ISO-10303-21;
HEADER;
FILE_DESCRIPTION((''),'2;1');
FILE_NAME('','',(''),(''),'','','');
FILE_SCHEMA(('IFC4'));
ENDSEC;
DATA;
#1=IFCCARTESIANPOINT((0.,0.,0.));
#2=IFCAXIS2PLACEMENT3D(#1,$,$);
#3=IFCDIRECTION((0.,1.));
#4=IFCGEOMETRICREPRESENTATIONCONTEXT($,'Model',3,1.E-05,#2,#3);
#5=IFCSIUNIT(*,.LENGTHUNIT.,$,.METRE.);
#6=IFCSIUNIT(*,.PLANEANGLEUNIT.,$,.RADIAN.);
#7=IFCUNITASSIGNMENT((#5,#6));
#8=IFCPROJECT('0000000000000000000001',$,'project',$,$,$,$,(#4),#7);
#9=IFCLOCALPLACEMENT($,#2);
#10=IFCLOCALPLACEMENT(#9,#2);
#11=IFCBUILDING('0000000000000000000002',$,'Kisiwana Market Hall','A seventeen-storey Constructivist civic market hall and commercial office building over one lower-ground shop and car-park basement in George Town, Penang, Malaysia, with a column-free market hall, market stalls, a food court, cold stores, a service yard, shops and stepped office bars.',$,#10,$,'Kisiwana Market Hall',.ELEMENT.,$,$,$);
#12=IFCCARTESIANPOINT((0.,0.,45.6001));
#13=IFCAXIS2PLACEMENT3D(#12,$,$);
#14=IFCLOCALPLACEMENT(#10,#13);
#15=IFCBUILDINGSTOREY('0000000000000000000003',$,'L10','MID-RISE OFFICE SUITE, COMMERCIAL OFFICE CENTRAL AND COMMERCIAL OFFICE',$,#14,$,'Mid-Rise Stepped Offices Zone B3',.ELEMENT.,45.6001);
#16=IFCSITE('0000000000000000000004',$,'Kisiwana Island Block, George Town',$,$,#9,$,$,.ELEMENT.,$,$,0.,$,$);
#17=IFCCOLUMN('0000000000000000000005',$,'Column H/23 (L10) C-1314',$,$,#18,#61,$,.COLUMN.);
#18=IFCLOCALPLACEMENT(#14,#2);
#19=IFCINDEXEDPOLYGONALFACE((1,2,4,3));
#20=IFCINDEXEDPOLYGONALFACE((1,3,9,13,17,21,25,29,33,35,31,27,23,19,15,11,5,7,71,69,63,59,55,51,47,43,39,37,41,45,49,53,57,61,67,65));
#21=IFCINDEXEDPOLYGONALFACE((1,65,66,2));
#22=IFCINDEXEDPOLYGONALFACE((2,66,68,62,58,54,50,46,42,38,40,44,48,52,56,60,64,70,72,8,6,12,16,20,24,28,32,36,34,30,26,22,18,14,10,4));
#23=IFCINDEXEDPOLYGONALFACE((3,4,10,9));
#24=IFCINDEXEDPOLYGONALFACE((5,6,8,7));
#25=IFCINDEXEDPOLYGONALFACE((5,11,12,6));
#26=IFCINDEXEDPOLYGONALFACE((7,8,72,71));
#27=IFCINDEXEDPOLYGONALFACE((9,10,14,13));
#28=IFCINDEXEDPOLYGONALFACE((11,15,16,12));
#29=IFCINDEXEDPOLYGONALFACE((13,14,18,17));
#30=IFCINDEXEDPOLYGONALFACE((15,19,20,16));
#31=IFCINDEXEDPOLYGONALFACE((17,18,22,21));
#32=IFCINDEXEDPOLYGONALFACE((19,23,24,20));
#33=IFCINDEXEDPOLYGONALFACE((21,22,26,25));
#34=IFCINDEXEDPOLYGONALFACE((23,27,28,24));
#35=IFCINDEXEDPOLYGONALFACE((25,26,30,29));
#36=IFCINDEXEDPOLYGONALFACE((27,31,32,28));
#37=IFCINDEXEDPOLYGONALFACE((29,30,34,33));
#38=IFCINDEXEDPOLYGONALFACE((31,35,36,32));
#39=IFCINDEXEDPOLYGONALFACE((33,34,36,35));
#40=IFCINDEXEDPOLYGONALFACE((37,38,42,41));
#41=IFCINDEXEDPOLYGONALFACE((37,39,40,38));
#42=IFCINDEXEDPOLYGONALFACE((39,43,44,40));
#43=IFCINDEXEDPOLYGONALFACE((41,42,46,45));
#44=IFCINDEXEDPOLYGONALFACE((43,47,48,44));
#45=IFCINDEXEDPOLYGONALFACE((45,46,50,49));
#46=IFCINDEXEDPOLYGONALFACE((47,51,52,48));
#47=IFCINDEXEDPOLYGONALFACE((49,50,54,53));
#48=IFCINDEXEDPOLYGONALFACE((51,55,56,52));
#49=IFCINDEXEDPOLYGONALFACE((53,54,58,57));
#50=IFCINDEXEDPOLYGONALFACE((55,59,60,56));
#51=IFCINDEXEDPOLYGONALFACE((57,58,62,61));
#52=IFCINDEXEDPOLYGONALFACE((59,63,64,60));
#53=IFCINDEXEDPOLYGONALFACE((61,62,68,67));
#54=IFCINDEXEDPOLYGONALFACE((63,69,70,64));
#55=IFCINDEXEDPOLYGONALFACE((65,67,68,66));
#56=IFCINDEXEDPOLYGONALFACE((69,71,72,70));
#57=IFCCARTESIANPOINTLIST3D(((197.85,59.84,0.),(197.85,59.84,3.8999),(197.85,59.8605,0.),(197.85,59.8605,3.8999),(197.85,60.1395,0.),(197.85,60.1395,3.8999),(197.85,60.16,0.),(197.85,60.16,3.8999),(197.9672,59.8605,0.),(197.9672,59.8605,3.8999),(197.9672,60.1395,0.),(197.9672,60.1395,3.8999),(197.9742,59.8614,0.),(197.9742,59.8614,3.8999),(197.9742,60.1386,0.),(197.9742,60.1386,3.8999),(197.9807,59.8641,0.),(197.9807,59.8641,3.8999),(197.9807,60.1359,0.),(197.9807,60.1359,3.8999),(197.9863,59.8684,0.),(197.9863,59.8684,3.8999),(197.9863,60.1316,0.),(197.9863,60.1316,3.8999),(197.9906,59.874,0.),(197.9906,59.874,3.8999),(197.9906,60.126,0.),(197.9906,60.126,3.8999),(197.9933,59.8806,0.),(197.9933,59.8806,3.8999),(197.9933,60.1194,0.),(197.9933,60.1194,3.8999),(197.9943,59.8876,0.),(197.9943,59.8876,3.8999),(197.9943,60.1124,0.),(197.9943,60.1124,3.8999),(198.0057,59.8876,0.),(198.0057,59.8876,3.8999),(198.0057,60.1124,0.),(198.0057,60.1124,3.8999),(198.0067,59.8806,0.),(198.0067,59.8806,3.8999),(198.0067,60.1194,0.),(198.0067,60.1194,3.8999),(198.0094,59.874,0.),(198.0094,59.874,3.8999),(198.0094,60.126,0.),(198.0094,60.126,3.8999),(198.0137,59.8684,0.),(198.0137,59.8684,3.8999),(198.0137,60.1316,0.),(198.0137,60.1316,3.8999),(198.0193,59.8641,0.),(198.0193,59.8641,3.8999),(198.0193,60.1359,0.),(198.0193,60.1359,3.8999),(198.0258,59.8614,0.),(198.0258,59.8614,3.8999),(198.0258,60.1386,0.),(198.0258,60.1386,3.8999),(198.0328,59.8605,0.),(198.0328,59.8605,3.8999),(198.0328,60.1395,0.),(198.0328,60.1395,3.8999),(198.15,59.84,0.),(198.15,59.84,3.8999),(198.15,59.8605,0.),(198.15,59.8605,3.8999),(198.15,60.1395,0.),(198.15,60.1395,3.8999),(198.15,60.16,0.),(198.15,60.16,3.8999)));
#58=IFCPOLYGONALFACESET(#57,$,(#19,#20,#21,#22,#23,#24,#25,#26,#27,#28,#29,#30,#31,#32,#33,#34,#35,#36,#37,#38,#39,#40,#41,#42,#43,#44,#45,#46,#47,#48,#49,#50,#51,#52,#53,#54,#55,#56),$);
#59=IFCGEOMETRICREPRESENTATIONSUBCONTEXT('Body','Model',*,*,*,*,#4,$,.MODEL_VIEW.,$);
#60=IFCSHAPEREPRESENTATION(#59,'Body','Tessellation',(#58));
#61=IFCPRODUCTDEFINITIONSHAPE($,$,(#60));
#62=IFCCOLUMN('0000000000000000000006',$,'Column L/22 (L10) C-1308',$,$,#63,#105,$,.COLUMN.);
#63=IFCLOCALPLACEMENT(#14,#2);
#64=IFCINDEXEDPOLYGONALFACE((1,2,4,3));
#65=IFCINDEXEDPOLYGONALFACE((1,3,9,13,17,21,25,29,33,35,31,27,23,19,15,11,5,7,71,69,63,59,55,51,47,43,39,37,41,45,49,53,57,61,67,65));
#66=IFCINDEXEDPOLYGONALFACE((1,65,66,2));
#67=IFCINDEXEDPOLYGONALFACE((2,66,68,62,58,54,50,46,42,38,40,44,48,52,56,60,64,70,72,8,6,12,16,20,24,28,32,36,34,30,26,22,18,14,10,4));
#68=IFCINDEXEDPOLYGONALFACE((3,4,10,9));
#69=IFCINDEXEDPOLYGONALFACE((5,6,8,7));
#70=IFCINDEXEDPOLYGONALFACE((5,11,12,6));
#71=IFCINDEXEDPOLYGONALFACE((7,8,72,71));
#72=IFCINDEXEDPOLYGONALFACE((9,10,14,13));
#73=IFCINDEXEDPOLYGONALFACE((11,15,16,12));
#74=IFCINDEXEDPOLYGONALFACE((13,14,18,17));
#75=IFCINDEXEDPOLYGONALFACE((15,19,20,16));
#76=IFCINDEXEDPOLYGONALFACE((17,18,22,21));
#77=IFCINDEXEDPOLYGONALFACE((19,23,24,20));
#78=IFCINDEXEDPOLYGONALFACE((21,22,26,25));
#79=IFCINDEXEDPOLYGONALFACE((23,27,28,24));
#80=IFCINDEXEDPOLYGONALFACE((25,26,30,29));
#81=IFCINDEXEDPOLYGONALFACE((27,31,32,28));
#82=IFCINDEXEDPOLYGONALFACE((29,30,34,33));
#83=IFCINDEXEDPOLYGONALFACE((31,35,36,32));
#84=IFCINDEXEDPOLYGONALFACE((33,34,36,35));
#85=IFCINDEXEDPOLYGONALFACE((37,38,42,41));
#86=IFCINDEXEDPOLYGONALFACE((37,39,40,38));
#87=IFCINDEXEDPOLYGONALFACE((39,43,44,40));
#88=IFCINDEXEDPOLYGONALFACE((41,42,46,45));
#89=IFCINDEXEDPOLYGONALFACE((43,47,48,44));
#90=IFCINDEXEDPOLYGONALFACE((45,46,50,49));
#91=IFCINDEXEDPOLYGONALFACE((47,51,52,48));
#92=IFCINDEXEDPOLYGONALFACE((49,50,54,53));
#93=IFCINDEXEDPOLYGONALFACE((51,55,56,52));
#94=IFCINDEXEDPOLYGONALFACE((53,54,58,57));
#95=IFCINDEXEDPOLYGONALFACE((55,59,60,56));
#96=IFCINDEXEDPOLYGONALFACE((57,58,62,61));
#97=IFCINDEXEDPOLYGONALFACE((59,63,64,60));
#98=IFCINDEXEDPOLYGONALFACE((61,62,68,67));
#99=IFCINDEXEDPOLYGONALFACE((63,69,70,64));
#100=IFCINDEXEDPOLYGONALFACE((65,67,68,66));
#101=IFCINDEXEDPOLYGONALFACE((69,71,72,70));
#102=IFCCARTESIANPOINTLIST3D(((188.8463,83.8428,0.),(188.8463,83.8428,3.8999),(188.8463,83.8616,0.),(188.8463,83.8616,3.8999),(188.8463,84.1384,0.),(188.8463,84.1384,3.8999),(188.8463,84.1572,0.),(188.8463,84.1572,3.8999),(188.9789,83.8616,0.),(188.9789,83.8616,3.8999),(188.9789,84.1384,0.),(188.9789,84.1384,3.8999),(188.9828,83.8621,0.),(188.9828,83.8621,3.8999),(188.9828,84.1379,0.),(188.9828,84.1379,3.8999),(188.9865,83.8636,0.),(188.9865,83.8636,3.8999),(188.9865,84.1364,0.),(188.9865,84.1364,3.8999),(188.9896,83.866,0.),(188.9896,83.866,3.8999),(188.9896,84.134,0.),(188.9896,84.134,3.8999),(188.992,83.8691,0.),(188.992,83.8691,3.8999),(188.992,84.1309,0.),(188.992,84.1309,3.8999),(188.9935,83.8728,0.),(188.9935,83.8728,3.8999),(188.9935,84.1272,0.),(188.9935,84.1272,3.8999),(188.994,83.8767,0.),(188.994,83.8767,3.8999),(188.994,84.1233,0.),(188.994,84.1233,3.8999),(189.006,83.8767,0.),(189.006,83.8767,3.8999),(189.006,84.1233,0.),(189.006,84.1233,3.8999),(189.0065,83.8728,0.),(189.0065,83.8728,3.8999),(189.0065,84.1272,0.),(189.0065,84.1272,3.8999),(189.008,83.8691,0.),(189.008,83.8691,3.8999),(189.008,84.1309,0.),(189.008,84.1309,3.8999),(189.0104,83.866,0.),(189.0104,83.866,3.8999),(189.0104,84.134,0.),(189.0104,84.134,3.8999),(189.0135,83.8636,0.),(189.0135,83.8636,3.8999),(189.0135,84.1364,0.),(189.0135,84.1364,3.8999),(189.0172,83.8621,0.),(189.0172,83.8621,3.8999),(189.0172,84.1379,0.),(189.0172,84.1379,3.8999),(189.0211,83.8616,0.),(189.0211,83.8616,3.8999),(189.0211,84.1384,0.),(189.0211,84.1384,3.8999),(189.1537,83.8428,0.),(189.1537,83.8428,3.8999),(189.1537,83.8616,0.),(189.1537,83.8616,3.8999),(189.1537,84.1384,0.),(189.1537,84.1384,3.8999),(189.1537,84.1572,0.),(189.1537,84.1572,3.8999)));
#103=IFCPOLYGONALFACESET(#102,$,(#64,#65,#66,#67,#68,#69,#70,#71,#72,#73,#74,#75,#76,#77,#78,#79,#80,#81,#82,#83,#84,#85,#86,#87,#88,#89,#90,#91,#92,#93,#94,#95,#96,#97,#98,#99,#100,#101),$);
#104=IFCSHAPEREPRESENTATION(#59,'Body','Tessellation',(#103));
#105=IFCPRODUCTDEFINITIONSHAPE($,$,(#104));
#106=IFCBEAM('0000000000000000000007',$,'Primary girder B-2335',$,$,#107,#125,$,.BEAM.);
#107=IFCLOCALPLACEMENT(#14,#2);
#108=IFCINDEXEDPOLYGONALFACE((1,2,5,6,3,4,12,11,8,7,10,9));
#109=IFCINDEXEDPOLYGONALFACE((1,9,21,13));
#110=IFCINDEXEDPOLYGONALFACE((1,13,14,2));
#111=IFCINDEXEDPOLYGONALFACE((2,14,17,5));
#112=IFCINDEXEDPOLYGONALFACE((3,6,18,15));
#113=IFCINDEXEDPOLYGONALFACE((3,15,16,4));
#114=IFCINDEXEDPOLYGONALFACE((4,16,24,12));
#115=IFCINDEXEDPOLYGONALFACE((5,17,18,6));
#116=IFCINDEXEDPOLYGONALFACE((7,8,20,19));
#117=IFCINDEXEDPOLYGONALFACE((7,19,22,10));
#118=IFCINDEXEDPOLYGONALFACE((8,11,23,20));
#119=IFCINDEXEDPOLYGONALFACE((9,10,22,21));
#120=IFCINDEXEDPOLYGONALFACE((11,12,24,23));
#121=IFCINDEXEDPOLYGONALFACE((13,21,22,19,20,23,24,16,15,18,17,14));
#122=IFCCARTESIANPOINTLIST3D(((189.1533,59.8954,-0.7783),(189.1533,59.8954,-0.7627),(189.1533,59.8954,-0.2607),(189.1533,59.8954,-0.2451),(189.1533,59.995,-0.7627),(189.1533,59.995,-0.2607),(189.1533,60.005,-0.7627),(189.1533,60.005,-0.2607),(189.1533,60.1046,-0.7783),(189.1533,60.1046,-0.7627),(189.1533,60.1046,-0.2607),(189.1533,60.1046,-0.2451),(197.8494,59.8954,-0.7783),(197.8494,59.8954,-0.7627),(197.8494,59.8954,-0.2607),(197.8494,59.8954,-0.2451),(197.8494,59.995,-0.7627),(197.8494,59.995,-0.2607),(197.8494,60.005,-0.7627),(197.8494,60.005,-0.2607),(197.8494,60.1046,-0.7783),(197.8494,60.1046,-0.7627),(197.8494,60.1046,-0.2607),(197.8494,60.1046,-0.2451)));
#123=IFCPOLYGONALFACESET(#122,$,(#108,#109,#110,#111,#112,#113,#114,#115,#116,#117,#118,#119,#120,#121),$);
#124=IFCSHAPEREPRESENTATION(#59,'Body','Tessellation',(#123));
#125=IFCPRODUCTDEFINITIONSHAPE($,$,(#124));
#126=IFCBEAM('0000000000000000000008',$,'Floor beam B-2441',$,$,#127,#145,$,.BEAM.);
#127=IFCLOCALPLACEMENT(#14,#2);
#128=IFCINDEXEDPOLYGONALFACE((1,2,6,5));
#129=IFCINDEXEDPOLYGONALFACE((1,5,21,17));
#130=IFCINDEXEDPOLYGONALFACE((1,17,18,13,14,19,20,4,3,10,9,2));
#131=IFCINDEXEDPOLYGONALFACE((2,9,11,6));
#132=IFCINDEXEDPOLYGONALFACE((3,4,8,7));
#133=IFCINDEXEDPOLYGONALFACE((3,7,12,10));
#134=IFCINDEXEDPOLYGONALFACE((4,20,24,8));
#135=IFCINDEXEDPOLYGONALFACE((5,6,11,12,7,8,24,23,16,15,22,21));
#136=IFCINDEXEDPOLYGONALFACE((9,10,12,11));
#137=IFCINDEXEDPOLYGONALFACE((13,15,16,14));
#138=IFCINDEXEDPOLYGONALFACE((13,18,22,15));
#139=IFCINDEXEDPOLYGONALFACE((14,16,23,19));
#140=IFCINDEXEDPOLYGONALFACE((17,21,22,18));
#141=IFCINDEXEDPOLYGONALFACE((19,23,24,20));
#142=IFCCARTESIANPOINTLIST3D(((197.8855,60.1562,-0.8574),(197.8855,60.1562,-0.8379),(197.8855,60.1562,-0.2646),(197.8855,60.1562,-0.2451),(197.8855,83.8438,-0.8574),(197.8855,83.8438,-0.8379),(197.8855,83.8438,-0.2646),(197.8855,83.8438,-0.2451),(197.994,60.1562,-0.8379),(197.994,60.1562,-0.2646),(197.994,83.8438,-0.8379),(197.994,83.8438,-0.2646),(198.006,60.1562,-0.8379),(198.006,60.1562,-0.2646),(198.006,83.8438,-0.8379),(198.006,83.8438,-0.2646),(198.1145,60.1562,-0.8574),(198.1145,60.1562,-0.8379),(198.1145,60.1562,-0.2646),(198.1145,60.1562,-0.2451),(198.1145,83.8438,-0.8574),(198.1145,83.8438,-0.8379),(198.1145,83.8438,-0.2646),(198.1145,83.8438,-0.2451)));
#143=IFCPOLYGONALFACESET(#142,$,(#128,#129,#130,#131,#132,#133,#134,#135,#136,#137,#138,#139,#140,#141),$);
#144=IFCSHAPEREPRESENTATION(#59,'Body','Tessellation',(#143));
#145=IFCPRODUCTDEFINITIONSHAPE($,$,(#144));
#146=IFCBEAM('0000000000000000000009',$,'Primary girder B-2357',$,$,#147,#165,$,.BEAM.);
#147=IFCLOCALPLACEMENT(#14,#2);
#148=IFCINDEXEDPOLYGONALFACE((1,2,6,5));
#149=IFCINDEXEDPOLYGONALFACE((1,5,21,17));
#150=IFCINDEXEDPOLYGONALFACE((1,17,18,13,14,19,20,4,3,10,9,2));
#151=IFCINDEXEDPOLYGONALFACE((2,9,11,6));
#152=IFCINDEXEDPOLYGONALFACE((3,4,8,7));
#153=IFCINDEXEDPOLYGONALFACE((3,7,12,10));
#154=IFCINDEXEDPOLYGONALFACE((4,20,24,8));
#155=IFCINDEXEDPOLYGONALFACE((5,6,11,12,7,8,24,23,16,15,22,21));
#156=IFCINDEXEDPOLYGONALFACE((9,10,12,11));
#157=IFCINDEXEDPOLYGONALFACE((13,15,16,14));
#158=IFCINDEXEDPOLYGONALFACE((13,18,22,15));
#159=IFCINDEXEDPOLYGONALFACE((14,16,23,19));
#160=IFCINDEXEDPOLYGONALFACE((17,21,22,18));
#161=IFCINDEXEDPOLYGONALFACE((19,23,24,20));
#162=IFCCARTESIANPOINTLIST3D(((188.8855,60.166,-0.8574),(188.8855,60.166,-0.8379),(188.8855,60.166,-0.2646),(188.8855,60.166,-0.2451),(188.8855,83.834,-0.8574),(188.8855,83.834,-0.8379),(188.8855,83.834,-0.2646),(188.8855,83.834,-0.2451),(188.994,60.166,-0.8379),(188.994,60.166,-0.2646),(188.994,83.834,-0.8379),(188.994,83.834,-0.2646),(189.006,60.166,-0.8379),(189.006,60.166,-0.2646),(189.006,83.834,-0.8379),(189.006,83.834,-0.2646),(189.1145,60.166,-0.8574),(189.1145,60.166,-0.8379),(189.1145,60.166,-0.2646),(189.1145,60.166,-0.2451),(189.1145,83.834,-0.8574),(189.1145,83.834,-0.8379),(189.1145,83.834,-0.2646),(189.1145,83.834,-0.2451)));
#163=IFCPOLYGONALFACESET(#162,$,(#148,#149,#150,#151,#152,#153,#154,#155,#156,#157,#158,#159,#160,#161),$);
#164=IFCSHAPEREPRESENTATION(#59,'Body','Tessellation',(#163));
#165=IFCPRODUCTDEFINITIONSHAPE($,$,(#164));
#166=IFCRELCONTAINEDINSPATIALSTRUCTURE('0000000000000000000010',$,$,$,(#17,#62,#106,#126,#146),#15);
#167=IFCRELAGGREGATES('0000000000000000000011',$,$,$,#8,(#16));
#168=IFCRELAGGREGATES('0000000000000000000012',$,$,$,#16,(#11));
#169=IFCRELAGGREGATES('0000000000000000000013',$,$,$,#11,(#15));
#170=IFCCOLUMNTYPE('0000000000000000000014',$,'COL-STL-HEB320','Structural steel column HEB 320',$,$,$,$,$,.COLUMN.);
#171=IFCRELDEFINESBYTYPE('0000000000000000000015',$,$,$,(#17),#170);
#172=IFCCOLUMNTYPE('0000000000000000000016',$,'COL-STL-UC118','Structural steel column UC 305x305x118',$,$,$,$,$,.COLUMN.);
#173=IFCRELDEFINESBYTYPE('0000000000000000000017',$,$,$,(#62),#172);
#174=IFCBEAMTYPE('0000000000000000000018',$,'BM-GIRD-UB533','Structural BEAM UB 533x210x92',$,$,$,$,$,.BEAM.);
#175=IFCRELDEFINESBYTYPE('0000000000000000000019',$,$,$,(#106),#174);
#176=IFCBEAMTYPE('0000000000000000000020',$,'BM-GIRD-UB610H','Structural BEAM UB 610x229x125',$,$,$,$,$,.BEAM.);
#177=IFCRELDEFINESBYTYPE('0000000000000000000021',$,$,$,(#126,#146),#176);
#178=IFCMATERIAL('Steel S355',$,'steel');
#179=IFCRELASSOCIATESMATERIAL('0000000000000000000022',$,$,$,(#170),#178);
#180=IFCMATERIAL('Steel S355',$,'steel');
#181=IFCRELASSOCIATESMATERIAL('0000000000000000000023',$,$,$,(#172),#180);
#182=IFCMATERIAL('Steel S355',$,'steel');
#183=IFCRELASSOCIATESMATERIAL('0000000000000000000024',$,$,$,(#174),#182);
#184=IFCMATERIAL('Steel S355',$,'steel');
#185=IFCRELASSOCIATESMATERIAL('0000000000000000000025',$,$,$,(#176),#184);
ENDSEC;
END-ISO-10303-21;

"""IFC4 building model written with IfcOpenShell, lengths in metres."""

from ifc_helpers import new_model, si_unit, direction, frame, origin, origin_2d, place, context, subcontext, project, spatial, i_section, extrude, material, material_profile, profile_set, type_object, element, save


model = new_model("IFC4")

# Units and contexts
model_context = context("Model", 3, precision=1e-05, world=origin(), true_north=direction((0.0, 1.0)))
body_context = subcontext(model_context, "Body", "Model", "MODEL_VIEW")
ifc_project = project(units=[si_unit("LENGTHUNIT", "METRE"), si_unit("PLANEANGLEUNIT", "RADIAN")], contexts=[model_context])

# Site, building, storey
site_placement = place(None, origin())
site = spatial("IfcSite", under=ifc_project, at=site_placement, Name="Kisiwana Island Block, George Town", CompositionType="ELEMENT", RefElevation=0.0)
building_placement = place(site_placement, origin())
building = spatial("IfcBuilding", under=site, at=building_placement, Name="Kisiwana Market Hall", Description="A seventeen-storey Constructivist civic market hall and commercial office building over one lower-ground shop and car-park basement in George Town, Penang, Malaysia, with a column-free market hall, market stalls, a food court, cold stores, a service yard, shops and stepped office bars.", LongName="Kisiwana Market Hall", CompositionType="ELEMENT")
storey_placement = place(building_placement, frame((0.0, 0.0, 45.6001)))
storey = spatial("IfcBuildingStorey", under=building, at=storey_placement, Name="L10", Description="MID-RISE OFFICE SUITE, COMMERCIAL OFFICE CENTRAL AND COMMERCIAL OFFICE", LongName="Mid-Rise Stepped Offices Zone B3", CompositionType="ELEMENT", Elevation=45.6001)

# Columns
ifc_material_1 = material(Name="Steel S355", Category="steel")
ifc_material_profile_1 = material_profile(ifc_material_1, i_section(OverallWidth=0.3, OverallDepth=0.3201, WebThickness=0.0115, FlangeThickness=0.0205, FilletRadius=0.0271, at=origin_2d()), Name="HEB 320")
ifc_profile_set_1 = profile_set([ifc_material_profile_1], Name="Steel S355")
column_type_1 = type_object("IfcColumnType", Name="COL-STL-HEB320", Description="Structural steel column HEB 320", PredefinedType="COLUMN", material=ifc_profile_set_1)
column_1_placement = place(storey_placement, frame((198.0, 60.0, 0.0), z_axis=(0.0, 0.0, 1.0), x_axis=(1.0, 0.0, 0.0)))
element("IfcColumn", 1, at=column_1_placement, inside=storey, type_object=column_type_1, Name="Column H/23 (L10) C-1314", PredefinedType="COLUMN", context=body_context, shape_type="SweptSolid", body=[
    extrude(i_section(OverallWidth=0.3, OverallDepth=0.3201, WebThickness=0.0115, FlangeThickness=0.0205, FilletRadius=0.0271, at=origin_2d()), origin(), (0.0, 0.0, 1.0), 3.8999),
])
ifc_material_2 = material(Name="Steel S355", Category="steel")
ifc_material_profile_2 = material_profile(ifc_material_2, i_section(OverallWidth=0.3074, OverallDepth=0.3145, WebThickness=0.012, FlangeThickness=0.0188, FilletRadius=0.0151, at=origin_2d()), Name="UC 305x305x118")
ifc_profile_set_2 = profile_set([ifc_material_profile_2], Name="Steel S355")
column_type_2 = type_object("IfcColumnType", Name="COL-STL-UC118", Description="Structural steel column UC 305x305x118", PredefinedType="COLUMN", material=ifc_profile_set_2)
column_2_placement = place(storey_placement, frame((189.0, 84.0, 0.0), z_axis=(0.0, 0.0, 1.0), x_axis=(1.0, 0.0, 0.0)))
element("IfcColumn", 2, at=column_2_placement, inside=storey, type_object=column_type_2, Name="Column L/22 (L10) C-1308", PredefinedType="COLUMN", context=body_context, shape_type="SweptSolid", body=[
    extrude(i_section(OverallWidth=0.3074, OverallDepth=0.3145, WebThickness=0.012, FlangeThickness=0.0188, FilletRadius=0.0151, at=origin_2d()), origin(), (0.0, 0.0, 1.0), 3.8999),
])

# Beams
ifc_material_3 = material(Name="Steel S355", Category="steel")
ifc_material_profile_3 = material_profile(ifc_material_3, i_section(OverallWidth=0.2092, OverallDepth=0.5332, WebThickness=0.01, FlangeThickness=0.0156, at=origin_2d()), Name="UB 533x210x92")
ifc_profile_set_3 = profile_set([ifc_material_profile_3], Name="Steel S355")
beam_type_1 = type_object("IfcBeamType", Name="BM-GIRD-UB533", Description="Structural BEAM UB 533x210x92", PredefinedType="BEAM", material=ifc_profile_set_3)
beam_1_placement = place(storey_placement, frame((189.1533, 60.0, -0.5117), z_axis=(1.0, 0.0, 0.0), x_axis=(0.0, 1.0, 0.0)))
element("IfcBeam", 3, at=beam_1_placement, inside=storey, type_object=beam_type_1, Name="Primary girder B-2335", PredefinedType="BEAM", context=body_context, shape_type="SweptSolid", body=[
    extrude(i_section(OverallWidth=0.2092, OverallDepth=0.5332, WebThickness=0.01, FlangeThickness=0.0156, at=origin_2d()), origin(), (0.0, 0.0, 1.0), 8.696),
])
ifc_material_4 = material(Name="Steel S355", Category="steel")
ifc_material_profile_4 = material_profile(ifc_material_4, i_section(OverallWidth=0.229, OverallDepth=0.6123, WebThickness=0.012, FlangeThickness=0.0195, at=origin_2d()), Name="UB 610x229x125")
ifc_profile_set_4 = profile_set([ifc_material_profile_4], Name="Steel S355")
beam_type_2 = type_object("IfcBeamType", Name="BM-GIRD-UB610H", Description="Structural BEAM UB 610x229x125", PredefinedType="BEAM", material=ifc_profile_set_4)
beam_2_placement = place(storey_placement, frame((198.0, 60.1562, -0.5513), z_axis=(0.0, 1.0, 0.0), x_axis=(-1.0, 0.0, 0.0)))
element("IfcBeam", 4, at=beam_2_placement, inside=storey, type_object=beam_type_2, Name="Floor beam B-2441", PredefinedType="BEAM", context=body_context, shape_type="SweptSolid", body=[
    extrude(i_section(OverallWidth=0.229, OverallDepth=0.6123, WebThickness=0.012, FlangeThickness=0.0195, at=origin_2d()), origin(), (0.0, 0.0, 1.0), 23.6875),
])
beam_3_placement = place(storey_placement, frame((189.0, 60.166, -0.5513), z_axis=(0.0, 1.0, 0.0), x_axis=(-1.0, 0.0, 0.0)))
element("IfcBeam", 5, at=beam_3_placement, inside=storey, type_object=beam_type_2, Name="Primary girder B-2357", PredefinedType="BEAM", context=body_context, shape_type="SweptSolid", body=[
    extrude(i_section(OverallWidth=0.229, OverallDepth=0.6123, WebThickness=0.012, FlangeThickness=0.0195, at=origin_2d()), origin(), (0.0, 0.0, 1.0), 23.668),
])

save(model, "model.ifc")
